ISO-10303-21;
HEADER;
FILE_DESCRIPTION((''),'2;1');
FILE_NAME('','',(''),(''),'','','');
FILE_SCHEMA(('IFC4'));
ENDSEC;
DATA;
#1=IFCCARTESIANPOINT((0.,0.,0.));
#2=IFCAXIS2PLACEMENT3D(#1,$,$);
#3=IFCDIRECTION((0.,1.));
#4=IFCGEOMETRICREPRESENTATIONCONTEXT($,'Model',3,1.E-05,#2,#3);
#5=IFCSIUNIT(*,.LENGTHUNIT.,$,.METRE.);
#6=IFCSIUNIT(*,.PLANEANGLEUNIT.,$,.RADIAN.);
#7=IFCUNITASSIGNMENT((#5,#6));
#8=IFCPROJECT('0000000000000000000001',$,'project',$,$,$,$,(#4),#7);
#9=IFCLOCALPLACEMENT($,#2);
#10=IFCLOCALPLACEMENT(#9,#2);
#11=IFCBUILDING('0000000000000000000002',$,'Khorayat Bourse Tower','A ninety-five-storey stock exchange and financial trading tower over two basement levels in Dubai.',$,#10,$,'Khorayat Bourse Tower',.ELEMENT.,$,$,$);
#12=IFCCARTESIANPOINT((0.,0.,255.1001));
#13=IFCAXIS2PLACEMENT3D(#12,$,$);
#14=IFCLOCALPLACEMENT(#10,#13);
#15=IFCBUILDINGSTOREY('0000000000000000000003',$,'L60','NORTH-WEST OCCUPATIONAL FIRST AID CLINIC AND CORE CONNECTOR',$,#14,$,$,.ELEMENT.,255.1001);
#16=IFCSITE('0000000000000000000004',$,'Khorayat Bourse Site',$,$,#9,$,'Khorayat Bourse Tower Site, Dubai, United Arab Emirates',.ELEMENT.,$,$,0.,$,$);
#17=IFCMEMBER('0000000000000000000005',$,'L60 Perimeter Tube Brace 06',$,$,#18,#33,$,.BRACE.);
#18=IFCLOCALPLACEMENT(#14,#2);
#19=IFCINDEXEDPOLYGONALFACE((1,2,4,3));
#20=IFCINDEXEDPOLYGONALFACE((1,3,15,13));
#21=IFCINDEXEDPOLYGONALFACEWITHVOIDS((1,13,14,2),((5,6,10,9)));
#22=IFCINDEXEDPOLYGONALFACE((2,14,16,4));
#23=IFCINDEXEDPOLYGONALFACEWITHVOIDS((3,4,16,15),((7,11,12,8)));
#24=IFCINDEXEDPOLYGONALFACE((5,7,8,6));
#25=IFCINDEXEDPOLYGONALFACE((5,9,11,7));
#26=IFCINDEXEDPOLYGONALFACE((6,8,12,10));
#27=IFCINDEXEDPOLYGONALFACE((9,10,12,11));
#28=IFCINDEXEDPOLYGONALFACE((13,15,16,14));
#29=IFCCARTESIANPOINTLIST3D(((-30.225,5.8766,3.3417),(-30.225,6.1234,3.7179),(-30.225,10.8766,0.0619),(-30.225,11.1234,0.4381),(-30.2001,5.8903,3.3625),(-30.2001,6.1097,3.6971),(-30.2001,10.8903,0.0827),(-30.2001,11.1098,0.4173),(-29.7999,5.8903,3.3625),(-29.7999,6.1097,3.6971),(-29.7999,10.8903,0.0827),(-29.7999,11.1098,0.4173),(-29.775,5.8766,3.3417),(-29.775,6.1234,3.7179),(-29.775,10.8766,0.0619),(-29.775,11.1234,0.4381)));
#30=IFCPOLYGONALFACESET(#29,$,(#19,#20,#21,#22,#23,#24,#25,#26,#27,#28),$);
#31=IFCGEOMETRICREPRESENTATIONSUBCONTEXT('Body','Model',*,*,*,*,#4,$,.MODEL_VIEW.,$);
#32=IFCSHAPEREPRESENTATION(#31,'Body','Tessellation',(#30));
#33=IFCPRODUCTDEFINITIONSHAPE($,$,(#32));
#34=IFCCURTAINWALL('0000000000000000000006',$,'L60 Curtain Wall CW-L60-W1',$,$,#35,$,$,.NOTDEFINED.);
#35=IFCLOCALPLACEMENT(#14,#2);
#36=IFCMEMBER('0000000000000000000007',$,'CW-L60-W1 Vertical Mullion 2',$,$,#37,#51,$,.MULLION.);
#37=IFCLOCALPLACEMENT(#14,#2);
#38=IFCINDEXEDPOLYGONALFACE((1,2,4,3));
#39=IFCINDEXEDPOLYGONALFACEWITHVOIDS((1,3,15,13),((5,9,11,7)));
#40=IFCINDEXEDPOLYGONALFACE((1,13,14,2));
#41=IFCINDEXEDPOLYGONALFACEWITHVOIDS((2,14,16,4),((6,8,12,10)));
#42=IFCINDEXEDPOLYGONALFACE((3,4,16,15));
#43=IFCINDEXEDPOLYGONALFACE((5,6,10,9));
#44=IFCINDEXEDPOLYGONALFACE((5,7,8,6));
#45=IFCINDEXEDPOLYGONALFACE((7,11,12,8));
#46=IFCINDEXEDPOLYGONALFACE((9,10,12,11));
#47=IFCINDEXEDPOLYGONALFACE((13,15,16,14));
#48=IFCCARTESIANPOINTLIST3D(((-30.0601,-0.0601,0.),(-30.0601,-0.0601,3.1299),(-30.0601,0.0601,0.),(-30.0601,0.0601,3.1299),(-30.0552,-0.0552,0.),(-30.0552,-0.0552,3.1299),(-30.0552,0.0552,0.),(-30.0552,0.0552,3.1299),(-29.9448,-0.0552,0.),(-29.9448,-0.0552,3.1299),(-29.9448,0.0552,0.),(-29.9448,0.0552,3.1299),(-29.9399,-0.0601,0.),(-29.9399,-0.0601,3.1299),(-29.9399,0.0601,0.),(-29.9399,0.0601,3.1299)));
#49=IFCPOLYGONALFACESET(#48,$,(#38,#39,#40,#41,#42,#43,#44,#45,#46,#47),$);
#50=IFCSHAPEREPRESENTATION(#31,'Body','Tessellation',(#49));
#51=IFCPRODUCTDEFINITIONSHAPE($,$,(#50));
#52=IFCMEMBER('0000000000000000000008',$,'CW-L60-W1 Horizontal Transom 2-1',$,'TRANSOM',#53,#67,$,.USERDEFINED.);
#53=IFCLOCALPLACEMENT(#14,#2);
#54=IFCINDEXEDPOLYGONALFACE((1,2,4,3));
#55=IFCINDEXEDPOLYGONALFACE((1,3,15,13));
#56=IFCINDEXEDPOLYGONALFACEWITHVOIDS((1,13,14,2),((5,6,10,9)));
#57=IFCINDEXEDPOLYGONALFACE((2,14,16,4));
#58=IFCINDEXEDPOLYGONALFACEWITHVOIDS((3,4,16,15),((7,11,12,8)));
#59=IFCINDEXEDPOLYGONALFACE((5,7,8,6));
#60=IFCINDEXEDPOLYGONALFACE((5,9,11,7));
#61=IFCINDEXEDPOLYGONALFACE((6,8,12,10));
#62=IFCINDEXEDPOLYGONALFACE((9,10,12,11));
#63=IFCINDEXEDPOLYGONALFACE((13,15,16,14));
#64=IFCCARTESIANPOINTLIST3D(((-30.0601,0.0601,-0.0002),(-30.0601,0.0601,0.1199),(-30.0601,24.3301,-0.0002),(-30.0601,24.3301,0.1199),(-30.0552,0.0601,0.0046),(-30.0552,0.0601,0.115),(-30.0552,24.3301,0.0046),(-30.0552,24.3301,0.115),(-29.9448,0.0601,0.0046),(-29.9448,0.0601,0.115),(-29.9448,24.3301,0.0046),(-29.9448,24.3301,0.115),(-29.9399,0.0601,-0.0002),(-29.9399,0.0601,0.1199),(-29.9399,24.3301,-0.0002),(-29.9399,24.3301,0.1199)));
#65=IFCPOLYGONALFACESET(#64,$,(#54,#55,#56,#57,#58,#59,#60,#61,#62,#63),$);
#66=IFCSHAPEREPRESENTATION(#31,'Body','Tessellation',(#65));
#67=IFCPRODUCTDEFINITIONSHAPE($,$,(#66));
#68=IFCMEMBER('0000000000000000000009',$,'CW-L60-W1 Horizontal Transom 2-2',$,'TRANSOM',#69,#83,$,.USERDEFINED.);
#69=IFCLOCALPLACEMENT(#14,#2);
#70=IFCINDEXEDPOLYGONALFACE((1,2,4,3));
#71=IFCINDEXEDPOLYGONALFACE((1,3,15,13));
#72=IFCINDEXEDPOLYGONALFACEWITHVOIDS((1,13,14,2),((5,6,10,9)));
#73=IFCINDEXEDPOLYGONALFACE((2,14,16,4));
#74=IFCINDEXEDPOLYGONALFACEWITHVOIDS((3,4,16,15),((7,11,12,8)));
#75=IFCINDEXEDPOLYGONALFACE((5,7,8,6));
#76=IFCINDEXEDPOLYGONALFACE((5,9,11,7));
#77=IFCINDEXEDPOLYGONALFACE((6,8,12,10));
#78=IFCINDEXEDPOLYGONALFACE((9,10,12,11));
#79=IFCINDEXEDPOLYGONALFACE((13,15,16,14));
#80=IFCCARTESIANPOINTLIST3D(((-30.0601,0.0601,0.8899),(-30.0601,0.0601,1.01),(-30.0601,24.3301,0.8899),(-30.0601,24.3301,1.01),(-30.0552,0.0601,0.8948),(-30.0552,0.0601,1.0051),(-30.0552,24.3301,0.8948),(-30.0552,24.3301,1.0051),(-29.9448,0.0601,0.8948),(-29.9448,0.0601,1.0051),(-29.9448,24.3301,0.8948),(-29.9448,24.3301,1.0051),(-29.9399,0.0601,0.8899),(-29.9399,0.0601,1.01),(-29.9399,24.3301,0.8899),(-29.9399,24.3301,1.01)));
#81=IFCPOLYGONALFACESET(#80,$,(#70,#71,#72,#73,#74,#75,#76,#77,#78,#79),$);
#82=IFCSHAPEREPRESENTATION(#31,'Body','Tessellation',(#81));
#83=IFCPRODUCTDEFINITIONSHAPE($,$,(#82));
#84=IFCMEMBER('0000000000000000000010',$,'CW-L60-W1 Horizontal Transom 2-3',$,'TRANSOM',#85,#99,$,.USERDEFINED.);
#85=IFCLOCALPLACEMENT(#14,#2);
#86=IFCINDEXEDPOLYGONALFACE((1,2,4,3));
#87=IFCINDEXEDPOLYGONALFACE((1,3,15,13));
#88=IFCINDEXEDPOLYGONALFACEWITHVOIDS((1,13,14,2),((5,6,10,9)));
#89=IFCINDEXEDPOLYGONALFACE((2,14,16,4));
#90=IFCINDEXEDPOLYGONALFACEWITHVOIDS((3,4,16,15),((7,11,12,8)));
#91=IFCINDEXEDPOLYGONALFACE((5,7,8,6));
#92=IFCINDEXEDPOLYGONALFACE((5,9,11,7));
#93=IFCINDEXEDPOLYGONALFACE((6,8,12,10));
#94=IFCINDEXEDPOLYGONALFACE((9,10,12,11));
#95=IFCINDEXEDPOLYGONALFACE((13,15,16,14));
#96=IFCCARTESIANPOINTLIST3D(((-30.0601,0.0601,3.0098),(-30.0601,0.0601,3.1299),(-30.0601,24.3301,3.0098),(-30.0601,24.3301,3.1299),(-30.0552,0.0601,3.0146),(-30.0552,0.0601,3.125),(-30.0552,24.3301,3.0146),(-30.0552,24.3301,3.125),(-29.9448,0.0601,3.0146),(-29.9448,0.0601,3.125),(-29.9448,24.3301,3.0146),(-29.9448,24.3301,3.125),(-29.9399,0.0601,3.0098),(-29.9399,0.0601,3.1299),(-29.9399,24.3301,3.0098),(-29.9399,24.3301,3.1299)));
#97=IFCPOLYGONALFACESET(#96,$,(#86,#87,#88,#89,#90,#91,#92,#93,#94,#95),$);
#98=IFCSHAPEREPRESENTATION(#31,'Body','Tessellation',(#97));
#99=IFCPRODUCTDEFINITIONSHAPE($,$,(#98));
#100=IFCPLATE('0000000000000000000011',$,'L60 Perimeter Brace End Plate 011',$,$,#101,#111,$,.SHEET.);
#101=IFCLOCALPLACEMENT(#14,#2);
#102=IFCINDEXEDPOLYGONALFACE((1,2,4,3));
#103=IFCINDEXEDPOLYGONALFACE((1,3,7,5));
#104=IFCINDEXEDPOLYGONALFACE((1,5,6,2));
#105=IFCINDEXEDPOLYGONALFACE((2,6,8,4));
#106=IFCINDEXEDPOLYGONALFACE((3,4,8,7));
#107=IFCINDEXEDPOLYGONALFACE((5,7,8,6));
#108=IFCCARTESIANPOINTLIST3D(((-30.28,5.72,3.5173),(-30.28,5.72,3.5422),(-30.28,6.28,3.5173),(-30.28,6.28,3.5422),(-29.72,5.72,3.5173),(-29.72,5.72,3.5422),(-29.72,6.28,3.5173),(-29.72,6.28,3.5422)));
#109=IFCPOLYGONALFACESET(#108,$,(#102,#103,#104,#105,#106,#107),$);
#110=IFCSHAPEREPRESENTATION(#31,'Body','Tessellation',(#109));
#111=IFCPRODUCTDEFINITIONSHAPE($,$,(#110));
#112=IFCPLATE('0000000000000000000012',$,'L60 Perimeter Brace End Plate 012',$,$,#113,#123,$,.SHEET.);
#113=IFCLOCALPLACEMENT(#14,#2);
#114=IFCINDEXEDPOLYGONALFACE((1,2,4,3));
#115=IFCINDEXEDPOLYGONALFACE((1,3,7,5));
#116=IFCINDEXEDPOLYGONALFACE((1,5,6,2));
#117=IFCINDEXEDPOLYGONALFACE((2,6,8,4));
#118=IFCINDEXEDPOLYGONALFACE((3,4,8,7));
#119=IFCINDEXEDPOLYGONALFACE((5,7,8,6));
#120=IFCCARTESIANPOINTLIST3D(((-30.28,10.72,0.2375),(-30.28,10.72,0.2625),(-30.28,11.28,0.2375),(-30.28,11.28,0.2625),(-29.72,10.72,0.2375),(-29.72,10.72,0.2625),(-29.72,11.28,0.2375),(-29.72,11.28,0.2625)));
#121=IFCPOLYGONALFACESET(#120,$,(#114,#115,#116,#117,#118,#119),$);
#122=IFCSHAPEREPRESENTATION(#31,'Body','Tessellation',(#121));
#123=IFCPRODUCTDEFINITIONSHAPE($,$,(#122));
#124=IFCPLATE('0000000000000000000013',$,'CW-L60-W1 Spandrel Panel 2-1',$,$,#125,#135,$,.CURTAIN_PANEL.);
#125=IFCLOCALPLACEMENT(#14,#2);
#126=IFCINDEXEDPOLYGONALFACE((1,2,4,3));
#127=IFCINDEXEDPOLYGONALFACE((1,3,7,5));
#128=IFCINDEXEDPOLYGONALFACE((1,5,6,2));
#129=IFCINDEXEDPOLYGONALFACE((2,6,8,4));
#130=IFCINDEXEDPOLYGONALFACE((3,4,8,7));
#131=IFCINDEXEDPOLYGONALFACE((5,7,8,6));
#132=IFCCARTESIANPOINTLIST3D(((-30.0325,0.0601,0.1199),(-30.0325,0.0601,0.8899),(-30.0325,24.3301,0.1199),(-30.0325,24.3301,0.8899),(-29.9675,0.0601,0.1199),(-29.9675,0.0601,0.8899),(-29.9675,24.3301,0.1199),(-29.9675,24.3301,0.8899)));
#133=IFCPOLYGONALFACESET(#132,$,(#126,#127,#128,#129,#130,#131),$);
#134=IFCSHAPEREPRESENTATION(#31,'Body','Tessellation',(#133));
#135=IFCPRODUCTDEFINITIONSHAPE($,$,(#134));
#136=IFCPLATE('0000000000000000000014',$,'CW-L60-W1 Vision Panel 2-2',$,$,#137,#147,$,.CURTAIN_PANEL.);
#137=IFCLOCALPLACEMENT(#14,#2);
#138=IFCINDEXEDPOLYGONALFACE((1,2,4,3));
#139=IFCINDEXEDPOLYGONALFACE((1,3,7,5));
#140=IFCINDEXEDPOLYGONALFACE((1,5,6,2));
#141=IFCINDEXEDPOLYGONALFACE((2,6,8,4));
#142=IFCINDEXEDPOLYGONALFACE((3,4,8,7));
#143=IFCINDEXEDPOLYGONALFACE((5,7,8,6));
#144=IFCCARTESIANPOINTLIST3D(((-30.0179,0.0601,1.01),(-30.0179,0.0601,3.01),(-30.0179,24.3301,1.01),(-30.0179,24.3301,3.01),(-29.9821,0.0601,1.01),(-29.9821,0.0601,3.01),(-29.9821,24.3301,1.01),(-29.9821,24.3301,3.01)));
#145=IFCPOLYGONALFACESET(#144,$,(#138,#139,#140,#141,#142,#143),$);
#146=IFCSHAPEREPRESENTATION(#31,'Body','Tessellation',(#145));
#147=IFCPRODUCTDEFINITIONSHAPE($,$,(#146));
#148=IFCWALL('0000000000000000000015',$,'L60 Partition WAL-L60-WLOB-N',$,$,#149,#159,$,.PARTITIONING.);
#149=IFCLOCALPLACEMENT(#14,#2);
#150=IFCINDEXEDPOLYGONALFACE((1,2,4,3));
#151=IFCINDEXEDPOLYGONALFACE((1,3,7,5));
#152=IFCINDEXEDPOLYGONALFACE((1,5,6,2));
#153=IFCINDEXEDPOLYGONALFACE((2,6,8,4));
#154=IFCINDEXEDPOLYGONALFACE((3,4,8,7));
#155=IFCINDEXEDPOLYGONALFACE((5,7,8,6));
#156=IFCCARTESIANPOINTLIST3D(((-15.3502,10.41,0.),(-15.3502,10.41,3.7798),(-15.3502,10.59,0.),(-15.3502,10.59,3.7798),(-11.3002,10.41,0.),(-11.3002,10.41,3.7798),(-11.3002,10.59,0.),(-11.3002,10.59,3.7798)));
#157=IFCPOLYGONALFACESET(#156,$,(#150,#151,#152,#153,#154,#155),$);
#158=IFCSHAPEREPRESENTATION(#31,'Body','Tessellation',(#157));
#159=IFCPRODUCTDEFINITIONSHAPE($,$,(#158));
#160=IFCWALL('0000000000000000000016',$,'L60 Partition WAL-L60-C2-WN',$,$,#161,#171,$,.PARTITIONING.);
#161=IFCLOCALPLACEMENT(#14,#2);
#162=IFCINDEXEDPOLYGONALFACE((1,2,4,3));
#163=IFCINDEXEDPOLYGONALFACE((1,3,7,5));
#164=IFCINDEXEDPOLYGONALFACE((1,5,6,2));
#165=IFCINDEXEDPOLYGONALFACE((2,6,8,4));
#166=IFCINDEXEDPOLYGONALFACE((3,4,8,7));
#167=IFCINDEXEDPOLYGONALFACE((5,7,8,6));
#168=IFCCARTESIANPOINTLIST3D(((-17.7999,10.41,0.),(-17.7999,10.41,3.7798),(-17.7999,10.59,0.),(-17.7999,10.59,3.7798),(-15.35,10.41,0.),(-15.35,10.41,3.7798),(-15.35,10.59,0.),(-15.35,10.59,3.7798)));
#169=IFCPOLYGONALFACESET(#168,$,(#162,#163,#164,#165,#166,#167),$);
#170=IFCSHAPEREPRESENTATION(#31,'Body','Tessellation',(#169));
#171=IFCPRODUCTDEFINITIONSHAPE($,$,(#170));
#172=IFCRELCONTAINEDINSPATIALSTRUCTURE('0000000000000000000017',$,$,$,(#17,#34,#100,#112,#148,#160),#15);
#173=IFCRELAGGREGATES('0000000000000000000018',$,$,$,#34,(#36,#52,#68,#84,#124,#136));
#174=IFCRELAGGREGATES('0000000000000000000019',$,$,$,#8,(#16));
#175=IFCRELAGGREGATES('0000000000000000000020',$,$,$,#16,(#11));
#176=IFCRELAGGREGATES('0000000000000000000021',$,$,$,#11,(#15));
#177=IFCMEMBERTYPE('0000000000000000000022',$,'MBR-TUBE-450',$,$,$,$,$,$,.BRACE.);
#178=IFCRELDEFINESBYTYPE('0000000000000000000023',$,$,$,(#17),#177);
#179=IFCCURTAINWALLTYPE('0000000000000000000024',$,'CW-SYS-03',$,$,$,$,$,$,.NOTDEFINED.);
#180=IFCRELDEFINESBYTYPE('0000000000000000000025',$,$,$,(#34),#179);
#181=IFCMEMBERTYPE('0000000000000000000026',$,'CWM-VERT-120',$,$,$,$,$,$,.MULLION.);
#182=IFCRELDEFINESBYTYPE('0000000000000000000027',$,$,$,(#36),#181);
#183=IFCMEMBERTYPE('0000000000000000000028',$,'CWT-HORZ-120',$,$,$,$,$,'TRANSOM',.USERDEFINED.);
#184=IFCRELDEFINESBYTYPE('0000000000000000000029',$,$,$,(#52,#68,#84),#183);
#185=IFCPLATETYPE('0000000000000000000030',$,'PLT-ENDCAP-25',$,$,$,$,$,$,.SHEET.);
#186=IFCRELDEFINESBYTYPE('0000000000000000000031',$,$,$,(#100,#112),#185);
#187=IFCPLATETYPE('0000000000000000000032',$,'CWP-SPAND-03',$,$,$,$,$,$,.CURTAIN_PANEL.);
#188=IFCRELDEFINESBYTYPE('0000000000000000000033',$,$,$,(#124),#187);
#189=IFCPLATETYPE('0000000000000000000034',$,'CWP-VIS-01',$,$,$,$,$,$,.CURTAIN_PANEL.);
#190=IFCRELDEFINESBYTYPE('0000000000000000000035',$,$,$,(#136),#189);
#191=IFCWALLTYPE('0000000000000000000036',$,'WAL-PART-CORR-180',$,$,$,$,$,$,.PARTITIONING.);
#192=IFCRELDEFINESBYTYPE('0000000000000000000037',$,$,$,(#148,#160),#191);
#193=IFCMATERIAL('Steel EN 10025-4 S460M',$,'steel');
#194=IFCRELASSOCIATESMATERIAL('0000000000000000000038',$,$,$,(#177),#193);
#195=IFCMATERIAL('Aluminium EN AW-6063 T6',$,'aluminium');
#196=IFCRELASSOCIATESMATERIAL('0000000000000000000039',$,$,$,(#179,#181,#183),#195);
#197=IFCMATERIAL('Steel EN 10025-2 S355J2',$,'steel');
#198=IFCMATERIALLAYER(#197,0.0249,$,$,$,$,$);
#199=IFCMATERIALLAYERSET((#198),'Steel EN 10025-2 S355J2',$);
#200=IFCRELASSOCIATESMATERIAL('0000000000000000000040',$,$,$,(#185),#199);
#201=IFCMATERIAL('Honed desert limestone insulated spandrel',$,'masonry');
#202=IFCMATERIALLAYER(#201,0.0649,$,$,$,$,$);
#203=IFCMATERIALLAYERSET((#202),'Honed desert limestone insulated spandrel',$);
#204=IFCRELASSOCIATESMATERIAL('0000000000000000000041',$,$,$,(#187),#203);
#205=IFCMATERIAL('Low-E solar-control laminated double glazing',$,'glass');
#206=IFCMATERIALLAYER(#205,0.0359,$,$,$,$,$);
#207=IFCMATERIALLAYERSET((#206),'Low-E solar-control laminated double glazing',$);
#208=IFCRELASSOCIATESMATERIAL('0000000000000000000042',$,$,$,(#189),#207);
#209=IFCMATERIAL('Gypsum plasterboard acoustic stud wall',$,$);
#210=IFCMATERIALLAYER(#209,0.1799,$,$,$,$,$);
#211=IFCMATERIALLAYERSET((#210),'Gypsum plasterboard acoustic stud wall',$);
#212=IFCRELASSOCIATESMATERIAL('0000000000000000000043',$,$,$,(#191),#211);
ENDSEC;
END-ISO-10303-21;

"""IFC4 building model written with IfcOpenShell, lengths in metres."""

from ifc_helpers import new_model, si_unit, direction, frame, frame_2d, origin, origin_2d, place, context, subcontext, project, spatial, rectangle, hollow_rectangle, extrude, source, transform, mapped, material, layer, layer_set, material_profile, profile_set, type_object, element, aggregate, save


model = new_model("IFC4")

# Units and contexts
model_context = context("Model", 3, precision=1e-05, world=origin(), true_north=direction((0.0, 1.0)))
body_context = subcontext(model_context, "Body", "Model", "MODEL_VIEW")
ifc_project = project(units=[si_unit("LENGTHUNIT", "METRE"), si_unit("PLANEANGLEUNIT", "RADIAN")], contexts=[model_context])

# Site, building, storey
site_placement = place(None, origin())
site = spatial("IfcSite", under=ifc_project, at=site_placement, Name="Khorayat Bourse Site", LongName="Khorayat Bourse Tower Site, Dubai, United Arab Emirates", CompositionType="ELEMENT", RefElevation=0.0)
building_placement = place(site_placement, origin())
building = spatial("IfcBuilding", under=site, at=building_placement, Name="Khorayat Bourse Tower", Description="A ninety-five-storey stock exchange and financial trading tower over two basement levels in Dubai.", LongName="Khorayat Bourse Tower", CompositionType="ELEMENT")
storey_placement = place(building_placement, frame((0.0, 0.0, 255.1001)))
storey = spatial("IfcBuildingStorey", under=building, at=storey_placement, Name="L60", Description="NORTH-WEST OCCUPATIONAL FIRST AID CLINIC AND CORE CONNECTOR", CompositionType="ELEMENT", Elevation=255.1001)

# Shared definitions
ifc_material_1 = material(Name="Steel EN 10025-4 S460M", Category="steel")

# Member
ifc_material_profile_1 = material_profile(ifc_material_1, hollow_rectangle(XDim=0.45, YDim=0.45, WallThickness=0.0249, at=origin_2d()), Name="HSS 450x450x25")
ifc_profile_set_1 = profile_set([ifc_material_profile_1], Name="Steel EN 10025-4 S460M")
member_type_1 = type_object("IfcMemberType", Name="MBR-TUBE-450", PredefinedType="BRACE", material=ifc_profile_set_1)
shared_shape_1 = source(origin(), body_context, "Body", "SweptSolid", [
    extrude(hollow_rectangle(XDim=0.45, YDim=0.45, WallThickness=0.0249, at=origin_2d()), origin(), (0.0, 0.0, 1.0), 5.9797),
])
member_1_placement = place(storey_placement, frame((-30.0, 6.0, 3.5298), z_axis=(0.0, 0.83616, -0.548485), x_axis=(-1.0, 0.0, 0.0)))
element("IfcMember", 1, at=member_1_placement, inside=storey, type_object=member_type_1, Name="L60 Perimeter Tube Brace 06", PredefinedType="BRACE", context=body_context, shape_type="MappedRepresentation", body=[
    mapped(shared_shape_1, transform((0.0, 0.0, 0.0), scale=1.0)),
])

# Curtain wall, members
ifc_material_2 = material(Name="Aluminium EN AW-6063 T6", Category="aluminium")
curtain_wall_type = type_object("IfcCurtainWallType", Name="CW-SYS-03", PredefinedType="NOTDEFINED", material=ifc_material_2)
curtain_wall_placement = place(storey_placement, origin())
curtain_wall = element("IfcCurtainWall", 2, at=curtain_wall_placement, inside=storey, type_object=curtain_wall_type, Name="L60 Curtain Wall CW-L60-W1", PredefinedType="NOTDEFINED")
ifc_material_profile_2 = material_profile(ifc_material_2, hollow_rectangle(XDim=0.1201, YDim=0.1201, WallThickness=0.0049, at=origin_2d()), Name="ALU 120x120x5")
ifc_profile_set_2 = profile_set([ifc_material_profile_2], Name="Aluminium EN AW-6063 T6")
member_type_2 = type_object("IfcMemberType", Name="CWM-VERT-120", PredefinedType="MULLION", material=ifc_profile_set_2)
shared_shape_2 = source(origin(), body_context, "Body", "SweptSolid", [
    extrude(hollow_rectangle(XDim=0.1201, YDim=0.1201, WallThickness=0.0049, at=origin_2d()), origin(), (0.0, 0.0, 1.0), 3.1299),
])
member_2_placement = place(storey_placement, frame((-30.0, 0.0, 0.0), z_axis=(0.0, 0.0, 1.0), x_axis=(-1.0, 0.0, 0.0)))
member_2 = element("IfcMember", 3, at=member_2_placement, type_object=member_type_2, Name="CW-L60-W1 Vertical Mullion 2", PredefinedType="MULLION", context=body_context, shape_type="MappedRepresentation", body=[
    mapped(shared_shape_2, transform((0.0, 0.0, 0.0), scale=1.0)),
])
ifc_material_profile_3 = material_profile(ifc_material_2, hollow_rectangle(XDim=0.1201, YDim=0.1201, WallThickness=0.0049, at=origin_2d()), Name="ALU 120x120x5")
ifc_profile_set_3 = profile_set([ifc_material_profile_3], Name="Aluminium EN AW-6063 T6")
member_type_3 = type_object("IfcMemberType", Name="CWT-HORZ-120", ElementType="TRANSOM", PredefinedType="USERDEFINED", material=ifc_profile_set_3)
shared_shape_3 = source(origin(), body_context, "Body", "SweptSolid", [
    extrude(hollow_rectangle(XDim=0.1201, YDim=0.1201, WallThickness=0.0049, at=origin_2d()), origin(), (0.0, 0.0, 1.0), 24.27),
])
member_3_placement = place(storey_placement, frame((-30.0, 0.0601, 0.0598), z_axis=(0.0, 1.0, 0.0), x_axis=(-1.0, 0.0, 0.0)))
member_3 = element("IfcMember", 4, at=member_3_placement, type_object=member_type_3, Name="CW-L60-W1 Horizontal Transom 2-1", ObjectType="TRANSOM", PredefinedType="USERDEFINED", context=body_context, shape_type="MappedRepresentation", body=[
    mapped(shared_shape_3, transform((0.0, 0.0, 0.0), scale=1.0)),
])
member_4_placement = place(storey_placement, frame((-30.0, 0.0601, 0.95), z_axis=(0.0, 1.0, 0.0), x_axis=(-1.0, 0.0, 0.0)))
member_4 = element("IfcMember", 5, at=member_4_placement, type_object=member_type_3, Name="CW-L60-W1 Horizontal Transom 2-2", ObjectType="TRANSOM", PredefinedType="USERDEFINED", context=body_context, shape_type="MappedRepresentation", body=[
    mapped(shared_shape_3, transform((0.0, 0.0, 0.0), scale=1.0)),
])
member_5_placement = place(storey_placement, frame((-30.0, 0.0601, 3.0698), z_axis=(0.0, 1.0, 0.0), x_axis=(-1.0, 0.0, 0.0)))
member_5 = element("IfcMember", 6, at=member_5_placement, type_object=member_type_3, Name="CW-L60-W1 Horizontal Transom 2-3", ObjectType="TRANSOM", PredefinedType="USERDEFINED", context=body_context, shape_type="MappedRepresentation", body=[
    mapped(shared_shape_3, transform((0.0, 0.0, 0.0), scale=1.0)),
])

# Plates
ifc_material_3 = material(Name="Steel EN 10025-2 S355J2", Category="steel")
ifc_layer_1 = layer(ifc_material_3, 0.0249)
ifc_layer_set_1 = layer_set([ifc_layer_1], Name="Steel EN 10025-2 S355J2")
plate_type_1 = type_object("IfcPlateType", Name="PLT-ENDCAP-25", PredefinedType="SHEET", material=ifc_layer_set_1)
shared_shape_4 = source(origin(), body_context, "Body", "SweptSolid", [
    extrude(rectangle(XDim=0.5601, YDim=0.5601, at=origin_2d()), origin(), (0.0, 0.0, 1.0), 0.0249),
])
for number, where, z_axis, x_axis, name in (
    (7, (-30.0, 6.0, 3.5173), (0.0, 0.0, 1.0), (1.0, 0.0, 0.0), "L60 Perimeter Brace End Plate 011"),
    (8, (-30.0, 11.0, 0.2375), (0.0, 0.0, 1.0), (1.0, 0.0, 0.0), "L60 Perimeter Brace End Plate 012"),
):
    element("IfcPlate", number, at=place(storey_placement, frame(where, z_axis=z_axis, x_axis=x_axis)), inside=storey, type_object=plate_type_1, Name=name, PredefinedType="SHEET", context=body_context, shape_type="MappedRepresentation", body=[
        mapped(shared_shape_4, transform((0.0, 0.0, 0.0), scale=1.0)),
    ])

# Plates
ifc_material_4 = material(Name="Honed desert limestone insulated spandrel", Category="masonry")
ifc_layer_2 = layer(ifc_material_4, 0.0649)
ifc_layer_set_2 = layer_set([ifc_layer_2], Name="Honed desert limestone insulated spandrel")
plate_type_2 = type_object("IfcPlateType", Name="CWP-SPAND-03", PredefinedType="CURTAIN_PANEL", material=ifc_layer_set_2)
shared_shape_5 = source(origin(), body_context, "Body", "SweptSolid", [
    extrude(rectangle(XDim=24.27, YDim=0.0649, at=origin_2d()), origin(), (0.0, 0.0, 1.0), 0.77),
])
plate_1_placement = place(storey_placement, frame((-30.0, 12.1951, 0.1199), z_axis=(0.0, 0.0, 1.0), x_axis=(0.0, 1.0, 0.0)))
plate_1 = element("IfcPlate", 9, at=plate_1_placement, type_object=plate_type_2, Name="CW-L60-W1 Spandrel Panel 2-1", PredefinedType="CURTAIN_PANEL", context=body_context, shape_type="MappedRepresentation", body=[
    mapped(shared_shape_5, transform((0.0, 0.0, 0.0), scale=1.0)),
])
ifc_material_5 = material(Name="Low-E solar-control laminated double glazing", Category="glass")
ifc_layer_3 = layer(ifc_material_5, 0.0359)
ifc_layer_set_3 = layer_set([ifc_layer_3], Name="Low-E solar-control laminated double glazing")
plate_type_3 = type_object("IfcPlateType", Name="CWP-VIS-01", PredefinedType="CURTAIN_PANEL", material=ifc_layer_set_3)
shared_shape_6 = source(origin(), body_context, "Body", "SweptSolid", [
    extrude(rectangle(XDim=24.27, YDim=0.0359, at=origin_2d()), origin(), (0.0, 0.0, 1.0), 2.0),
])
plate_2_placement = place(storey_placement, frame((-30.0, 12.1951, 1.01), z_axis=(0.0, 0.0, 1.0), x_axis=(0.0, 1.0, 0.0)))
plate_2 = element("IfcPlate", 10, at=plate_2_placement, type_object=plate_type_3, Name="CW-L60-W1 Vision Panel 2-2", PredefinedType="CURTAIN_PANEL", context=body_context, shape_type="MappedRepresentation", body=[
    mapped(shared_shape_6, transform((0.0, 0.0, 0.0), scale=1.0)),
])
aggregate(curtain_wall, [member_2, member_3, member_4, member_5, plate_1, plate_2])

# Walls
ifc_material_6 = material(Name="Gypsum plasterboard acoustic stud wall")
ifc_layer_4 = layer(ifc_material_6, 0.1799)
ifc_layer_set_4 = layer_set([ifc_layer_4], Name="Gypsum plasterboard acoustic stud wall")
wall_type_1 = type_object("IfcWallType", Name="WAL-PART-CORR-180", PredefinedType="PARTITIONING", material=ifc_layer_set_4)
shared_shape_7 = source(origin(), body_context, "Body", "SweptSolid", [
    extrude(rectangle(XDim=4.05, YDim=0.1799, at=frame_2d((2.0249, 0.0))), origin(), (0.0, 0.0, 1.0), 3.7798),
])
wall_1_placement = place(storey_placement, frame((-15.3501, 10.5, 0.0), z_axis=(0.0, 0.0, 1.0), x_axis=(1.0, 0.0, 0.0)))
element("IfcWall", 11, at=wall_1_placement, inside=storey, type_object=wall_type_1, Name="L60 Partition WAL-L60-WLOB-N", PredefinedType="PARTITIONING", context=body_context, shape_type="MappedRepresentation", body=[
    mapped(shared_shape_7, transform((0.0, 0.0, 0.0), scale=1.0)),
])
shared_shape_8 = source(origin(), body_context, "Body", "SweptSolid", [
    extrude(rectangle(XDim=2.45, YDim=0.1799, at=frame_2d((1.2251, 0.0))), origin(), (0.0, 0.0, 1.0), 3.7798),
])
wall_2_placement = place(storey_placement, frame((-17.8, 10.5, 0.0), z_axis=(0.0, 0.0, 1.0), x_axis=(1.0, 0.0, 0.0)))
element("IfcWall", 12, at=wall_2_placement, inside=storey, type_object=wall_type_1, Name="L60 Partition WAL-L60-C2-WN", PredefinedType="PARTITIONING", context=body_context, shape_type="MappedRepresentation", body=[
    mapped(shared_shape_8, transform((0.0, 0.0, 0.0), scale=1.0)),
])

save(model, "model.ifc")
